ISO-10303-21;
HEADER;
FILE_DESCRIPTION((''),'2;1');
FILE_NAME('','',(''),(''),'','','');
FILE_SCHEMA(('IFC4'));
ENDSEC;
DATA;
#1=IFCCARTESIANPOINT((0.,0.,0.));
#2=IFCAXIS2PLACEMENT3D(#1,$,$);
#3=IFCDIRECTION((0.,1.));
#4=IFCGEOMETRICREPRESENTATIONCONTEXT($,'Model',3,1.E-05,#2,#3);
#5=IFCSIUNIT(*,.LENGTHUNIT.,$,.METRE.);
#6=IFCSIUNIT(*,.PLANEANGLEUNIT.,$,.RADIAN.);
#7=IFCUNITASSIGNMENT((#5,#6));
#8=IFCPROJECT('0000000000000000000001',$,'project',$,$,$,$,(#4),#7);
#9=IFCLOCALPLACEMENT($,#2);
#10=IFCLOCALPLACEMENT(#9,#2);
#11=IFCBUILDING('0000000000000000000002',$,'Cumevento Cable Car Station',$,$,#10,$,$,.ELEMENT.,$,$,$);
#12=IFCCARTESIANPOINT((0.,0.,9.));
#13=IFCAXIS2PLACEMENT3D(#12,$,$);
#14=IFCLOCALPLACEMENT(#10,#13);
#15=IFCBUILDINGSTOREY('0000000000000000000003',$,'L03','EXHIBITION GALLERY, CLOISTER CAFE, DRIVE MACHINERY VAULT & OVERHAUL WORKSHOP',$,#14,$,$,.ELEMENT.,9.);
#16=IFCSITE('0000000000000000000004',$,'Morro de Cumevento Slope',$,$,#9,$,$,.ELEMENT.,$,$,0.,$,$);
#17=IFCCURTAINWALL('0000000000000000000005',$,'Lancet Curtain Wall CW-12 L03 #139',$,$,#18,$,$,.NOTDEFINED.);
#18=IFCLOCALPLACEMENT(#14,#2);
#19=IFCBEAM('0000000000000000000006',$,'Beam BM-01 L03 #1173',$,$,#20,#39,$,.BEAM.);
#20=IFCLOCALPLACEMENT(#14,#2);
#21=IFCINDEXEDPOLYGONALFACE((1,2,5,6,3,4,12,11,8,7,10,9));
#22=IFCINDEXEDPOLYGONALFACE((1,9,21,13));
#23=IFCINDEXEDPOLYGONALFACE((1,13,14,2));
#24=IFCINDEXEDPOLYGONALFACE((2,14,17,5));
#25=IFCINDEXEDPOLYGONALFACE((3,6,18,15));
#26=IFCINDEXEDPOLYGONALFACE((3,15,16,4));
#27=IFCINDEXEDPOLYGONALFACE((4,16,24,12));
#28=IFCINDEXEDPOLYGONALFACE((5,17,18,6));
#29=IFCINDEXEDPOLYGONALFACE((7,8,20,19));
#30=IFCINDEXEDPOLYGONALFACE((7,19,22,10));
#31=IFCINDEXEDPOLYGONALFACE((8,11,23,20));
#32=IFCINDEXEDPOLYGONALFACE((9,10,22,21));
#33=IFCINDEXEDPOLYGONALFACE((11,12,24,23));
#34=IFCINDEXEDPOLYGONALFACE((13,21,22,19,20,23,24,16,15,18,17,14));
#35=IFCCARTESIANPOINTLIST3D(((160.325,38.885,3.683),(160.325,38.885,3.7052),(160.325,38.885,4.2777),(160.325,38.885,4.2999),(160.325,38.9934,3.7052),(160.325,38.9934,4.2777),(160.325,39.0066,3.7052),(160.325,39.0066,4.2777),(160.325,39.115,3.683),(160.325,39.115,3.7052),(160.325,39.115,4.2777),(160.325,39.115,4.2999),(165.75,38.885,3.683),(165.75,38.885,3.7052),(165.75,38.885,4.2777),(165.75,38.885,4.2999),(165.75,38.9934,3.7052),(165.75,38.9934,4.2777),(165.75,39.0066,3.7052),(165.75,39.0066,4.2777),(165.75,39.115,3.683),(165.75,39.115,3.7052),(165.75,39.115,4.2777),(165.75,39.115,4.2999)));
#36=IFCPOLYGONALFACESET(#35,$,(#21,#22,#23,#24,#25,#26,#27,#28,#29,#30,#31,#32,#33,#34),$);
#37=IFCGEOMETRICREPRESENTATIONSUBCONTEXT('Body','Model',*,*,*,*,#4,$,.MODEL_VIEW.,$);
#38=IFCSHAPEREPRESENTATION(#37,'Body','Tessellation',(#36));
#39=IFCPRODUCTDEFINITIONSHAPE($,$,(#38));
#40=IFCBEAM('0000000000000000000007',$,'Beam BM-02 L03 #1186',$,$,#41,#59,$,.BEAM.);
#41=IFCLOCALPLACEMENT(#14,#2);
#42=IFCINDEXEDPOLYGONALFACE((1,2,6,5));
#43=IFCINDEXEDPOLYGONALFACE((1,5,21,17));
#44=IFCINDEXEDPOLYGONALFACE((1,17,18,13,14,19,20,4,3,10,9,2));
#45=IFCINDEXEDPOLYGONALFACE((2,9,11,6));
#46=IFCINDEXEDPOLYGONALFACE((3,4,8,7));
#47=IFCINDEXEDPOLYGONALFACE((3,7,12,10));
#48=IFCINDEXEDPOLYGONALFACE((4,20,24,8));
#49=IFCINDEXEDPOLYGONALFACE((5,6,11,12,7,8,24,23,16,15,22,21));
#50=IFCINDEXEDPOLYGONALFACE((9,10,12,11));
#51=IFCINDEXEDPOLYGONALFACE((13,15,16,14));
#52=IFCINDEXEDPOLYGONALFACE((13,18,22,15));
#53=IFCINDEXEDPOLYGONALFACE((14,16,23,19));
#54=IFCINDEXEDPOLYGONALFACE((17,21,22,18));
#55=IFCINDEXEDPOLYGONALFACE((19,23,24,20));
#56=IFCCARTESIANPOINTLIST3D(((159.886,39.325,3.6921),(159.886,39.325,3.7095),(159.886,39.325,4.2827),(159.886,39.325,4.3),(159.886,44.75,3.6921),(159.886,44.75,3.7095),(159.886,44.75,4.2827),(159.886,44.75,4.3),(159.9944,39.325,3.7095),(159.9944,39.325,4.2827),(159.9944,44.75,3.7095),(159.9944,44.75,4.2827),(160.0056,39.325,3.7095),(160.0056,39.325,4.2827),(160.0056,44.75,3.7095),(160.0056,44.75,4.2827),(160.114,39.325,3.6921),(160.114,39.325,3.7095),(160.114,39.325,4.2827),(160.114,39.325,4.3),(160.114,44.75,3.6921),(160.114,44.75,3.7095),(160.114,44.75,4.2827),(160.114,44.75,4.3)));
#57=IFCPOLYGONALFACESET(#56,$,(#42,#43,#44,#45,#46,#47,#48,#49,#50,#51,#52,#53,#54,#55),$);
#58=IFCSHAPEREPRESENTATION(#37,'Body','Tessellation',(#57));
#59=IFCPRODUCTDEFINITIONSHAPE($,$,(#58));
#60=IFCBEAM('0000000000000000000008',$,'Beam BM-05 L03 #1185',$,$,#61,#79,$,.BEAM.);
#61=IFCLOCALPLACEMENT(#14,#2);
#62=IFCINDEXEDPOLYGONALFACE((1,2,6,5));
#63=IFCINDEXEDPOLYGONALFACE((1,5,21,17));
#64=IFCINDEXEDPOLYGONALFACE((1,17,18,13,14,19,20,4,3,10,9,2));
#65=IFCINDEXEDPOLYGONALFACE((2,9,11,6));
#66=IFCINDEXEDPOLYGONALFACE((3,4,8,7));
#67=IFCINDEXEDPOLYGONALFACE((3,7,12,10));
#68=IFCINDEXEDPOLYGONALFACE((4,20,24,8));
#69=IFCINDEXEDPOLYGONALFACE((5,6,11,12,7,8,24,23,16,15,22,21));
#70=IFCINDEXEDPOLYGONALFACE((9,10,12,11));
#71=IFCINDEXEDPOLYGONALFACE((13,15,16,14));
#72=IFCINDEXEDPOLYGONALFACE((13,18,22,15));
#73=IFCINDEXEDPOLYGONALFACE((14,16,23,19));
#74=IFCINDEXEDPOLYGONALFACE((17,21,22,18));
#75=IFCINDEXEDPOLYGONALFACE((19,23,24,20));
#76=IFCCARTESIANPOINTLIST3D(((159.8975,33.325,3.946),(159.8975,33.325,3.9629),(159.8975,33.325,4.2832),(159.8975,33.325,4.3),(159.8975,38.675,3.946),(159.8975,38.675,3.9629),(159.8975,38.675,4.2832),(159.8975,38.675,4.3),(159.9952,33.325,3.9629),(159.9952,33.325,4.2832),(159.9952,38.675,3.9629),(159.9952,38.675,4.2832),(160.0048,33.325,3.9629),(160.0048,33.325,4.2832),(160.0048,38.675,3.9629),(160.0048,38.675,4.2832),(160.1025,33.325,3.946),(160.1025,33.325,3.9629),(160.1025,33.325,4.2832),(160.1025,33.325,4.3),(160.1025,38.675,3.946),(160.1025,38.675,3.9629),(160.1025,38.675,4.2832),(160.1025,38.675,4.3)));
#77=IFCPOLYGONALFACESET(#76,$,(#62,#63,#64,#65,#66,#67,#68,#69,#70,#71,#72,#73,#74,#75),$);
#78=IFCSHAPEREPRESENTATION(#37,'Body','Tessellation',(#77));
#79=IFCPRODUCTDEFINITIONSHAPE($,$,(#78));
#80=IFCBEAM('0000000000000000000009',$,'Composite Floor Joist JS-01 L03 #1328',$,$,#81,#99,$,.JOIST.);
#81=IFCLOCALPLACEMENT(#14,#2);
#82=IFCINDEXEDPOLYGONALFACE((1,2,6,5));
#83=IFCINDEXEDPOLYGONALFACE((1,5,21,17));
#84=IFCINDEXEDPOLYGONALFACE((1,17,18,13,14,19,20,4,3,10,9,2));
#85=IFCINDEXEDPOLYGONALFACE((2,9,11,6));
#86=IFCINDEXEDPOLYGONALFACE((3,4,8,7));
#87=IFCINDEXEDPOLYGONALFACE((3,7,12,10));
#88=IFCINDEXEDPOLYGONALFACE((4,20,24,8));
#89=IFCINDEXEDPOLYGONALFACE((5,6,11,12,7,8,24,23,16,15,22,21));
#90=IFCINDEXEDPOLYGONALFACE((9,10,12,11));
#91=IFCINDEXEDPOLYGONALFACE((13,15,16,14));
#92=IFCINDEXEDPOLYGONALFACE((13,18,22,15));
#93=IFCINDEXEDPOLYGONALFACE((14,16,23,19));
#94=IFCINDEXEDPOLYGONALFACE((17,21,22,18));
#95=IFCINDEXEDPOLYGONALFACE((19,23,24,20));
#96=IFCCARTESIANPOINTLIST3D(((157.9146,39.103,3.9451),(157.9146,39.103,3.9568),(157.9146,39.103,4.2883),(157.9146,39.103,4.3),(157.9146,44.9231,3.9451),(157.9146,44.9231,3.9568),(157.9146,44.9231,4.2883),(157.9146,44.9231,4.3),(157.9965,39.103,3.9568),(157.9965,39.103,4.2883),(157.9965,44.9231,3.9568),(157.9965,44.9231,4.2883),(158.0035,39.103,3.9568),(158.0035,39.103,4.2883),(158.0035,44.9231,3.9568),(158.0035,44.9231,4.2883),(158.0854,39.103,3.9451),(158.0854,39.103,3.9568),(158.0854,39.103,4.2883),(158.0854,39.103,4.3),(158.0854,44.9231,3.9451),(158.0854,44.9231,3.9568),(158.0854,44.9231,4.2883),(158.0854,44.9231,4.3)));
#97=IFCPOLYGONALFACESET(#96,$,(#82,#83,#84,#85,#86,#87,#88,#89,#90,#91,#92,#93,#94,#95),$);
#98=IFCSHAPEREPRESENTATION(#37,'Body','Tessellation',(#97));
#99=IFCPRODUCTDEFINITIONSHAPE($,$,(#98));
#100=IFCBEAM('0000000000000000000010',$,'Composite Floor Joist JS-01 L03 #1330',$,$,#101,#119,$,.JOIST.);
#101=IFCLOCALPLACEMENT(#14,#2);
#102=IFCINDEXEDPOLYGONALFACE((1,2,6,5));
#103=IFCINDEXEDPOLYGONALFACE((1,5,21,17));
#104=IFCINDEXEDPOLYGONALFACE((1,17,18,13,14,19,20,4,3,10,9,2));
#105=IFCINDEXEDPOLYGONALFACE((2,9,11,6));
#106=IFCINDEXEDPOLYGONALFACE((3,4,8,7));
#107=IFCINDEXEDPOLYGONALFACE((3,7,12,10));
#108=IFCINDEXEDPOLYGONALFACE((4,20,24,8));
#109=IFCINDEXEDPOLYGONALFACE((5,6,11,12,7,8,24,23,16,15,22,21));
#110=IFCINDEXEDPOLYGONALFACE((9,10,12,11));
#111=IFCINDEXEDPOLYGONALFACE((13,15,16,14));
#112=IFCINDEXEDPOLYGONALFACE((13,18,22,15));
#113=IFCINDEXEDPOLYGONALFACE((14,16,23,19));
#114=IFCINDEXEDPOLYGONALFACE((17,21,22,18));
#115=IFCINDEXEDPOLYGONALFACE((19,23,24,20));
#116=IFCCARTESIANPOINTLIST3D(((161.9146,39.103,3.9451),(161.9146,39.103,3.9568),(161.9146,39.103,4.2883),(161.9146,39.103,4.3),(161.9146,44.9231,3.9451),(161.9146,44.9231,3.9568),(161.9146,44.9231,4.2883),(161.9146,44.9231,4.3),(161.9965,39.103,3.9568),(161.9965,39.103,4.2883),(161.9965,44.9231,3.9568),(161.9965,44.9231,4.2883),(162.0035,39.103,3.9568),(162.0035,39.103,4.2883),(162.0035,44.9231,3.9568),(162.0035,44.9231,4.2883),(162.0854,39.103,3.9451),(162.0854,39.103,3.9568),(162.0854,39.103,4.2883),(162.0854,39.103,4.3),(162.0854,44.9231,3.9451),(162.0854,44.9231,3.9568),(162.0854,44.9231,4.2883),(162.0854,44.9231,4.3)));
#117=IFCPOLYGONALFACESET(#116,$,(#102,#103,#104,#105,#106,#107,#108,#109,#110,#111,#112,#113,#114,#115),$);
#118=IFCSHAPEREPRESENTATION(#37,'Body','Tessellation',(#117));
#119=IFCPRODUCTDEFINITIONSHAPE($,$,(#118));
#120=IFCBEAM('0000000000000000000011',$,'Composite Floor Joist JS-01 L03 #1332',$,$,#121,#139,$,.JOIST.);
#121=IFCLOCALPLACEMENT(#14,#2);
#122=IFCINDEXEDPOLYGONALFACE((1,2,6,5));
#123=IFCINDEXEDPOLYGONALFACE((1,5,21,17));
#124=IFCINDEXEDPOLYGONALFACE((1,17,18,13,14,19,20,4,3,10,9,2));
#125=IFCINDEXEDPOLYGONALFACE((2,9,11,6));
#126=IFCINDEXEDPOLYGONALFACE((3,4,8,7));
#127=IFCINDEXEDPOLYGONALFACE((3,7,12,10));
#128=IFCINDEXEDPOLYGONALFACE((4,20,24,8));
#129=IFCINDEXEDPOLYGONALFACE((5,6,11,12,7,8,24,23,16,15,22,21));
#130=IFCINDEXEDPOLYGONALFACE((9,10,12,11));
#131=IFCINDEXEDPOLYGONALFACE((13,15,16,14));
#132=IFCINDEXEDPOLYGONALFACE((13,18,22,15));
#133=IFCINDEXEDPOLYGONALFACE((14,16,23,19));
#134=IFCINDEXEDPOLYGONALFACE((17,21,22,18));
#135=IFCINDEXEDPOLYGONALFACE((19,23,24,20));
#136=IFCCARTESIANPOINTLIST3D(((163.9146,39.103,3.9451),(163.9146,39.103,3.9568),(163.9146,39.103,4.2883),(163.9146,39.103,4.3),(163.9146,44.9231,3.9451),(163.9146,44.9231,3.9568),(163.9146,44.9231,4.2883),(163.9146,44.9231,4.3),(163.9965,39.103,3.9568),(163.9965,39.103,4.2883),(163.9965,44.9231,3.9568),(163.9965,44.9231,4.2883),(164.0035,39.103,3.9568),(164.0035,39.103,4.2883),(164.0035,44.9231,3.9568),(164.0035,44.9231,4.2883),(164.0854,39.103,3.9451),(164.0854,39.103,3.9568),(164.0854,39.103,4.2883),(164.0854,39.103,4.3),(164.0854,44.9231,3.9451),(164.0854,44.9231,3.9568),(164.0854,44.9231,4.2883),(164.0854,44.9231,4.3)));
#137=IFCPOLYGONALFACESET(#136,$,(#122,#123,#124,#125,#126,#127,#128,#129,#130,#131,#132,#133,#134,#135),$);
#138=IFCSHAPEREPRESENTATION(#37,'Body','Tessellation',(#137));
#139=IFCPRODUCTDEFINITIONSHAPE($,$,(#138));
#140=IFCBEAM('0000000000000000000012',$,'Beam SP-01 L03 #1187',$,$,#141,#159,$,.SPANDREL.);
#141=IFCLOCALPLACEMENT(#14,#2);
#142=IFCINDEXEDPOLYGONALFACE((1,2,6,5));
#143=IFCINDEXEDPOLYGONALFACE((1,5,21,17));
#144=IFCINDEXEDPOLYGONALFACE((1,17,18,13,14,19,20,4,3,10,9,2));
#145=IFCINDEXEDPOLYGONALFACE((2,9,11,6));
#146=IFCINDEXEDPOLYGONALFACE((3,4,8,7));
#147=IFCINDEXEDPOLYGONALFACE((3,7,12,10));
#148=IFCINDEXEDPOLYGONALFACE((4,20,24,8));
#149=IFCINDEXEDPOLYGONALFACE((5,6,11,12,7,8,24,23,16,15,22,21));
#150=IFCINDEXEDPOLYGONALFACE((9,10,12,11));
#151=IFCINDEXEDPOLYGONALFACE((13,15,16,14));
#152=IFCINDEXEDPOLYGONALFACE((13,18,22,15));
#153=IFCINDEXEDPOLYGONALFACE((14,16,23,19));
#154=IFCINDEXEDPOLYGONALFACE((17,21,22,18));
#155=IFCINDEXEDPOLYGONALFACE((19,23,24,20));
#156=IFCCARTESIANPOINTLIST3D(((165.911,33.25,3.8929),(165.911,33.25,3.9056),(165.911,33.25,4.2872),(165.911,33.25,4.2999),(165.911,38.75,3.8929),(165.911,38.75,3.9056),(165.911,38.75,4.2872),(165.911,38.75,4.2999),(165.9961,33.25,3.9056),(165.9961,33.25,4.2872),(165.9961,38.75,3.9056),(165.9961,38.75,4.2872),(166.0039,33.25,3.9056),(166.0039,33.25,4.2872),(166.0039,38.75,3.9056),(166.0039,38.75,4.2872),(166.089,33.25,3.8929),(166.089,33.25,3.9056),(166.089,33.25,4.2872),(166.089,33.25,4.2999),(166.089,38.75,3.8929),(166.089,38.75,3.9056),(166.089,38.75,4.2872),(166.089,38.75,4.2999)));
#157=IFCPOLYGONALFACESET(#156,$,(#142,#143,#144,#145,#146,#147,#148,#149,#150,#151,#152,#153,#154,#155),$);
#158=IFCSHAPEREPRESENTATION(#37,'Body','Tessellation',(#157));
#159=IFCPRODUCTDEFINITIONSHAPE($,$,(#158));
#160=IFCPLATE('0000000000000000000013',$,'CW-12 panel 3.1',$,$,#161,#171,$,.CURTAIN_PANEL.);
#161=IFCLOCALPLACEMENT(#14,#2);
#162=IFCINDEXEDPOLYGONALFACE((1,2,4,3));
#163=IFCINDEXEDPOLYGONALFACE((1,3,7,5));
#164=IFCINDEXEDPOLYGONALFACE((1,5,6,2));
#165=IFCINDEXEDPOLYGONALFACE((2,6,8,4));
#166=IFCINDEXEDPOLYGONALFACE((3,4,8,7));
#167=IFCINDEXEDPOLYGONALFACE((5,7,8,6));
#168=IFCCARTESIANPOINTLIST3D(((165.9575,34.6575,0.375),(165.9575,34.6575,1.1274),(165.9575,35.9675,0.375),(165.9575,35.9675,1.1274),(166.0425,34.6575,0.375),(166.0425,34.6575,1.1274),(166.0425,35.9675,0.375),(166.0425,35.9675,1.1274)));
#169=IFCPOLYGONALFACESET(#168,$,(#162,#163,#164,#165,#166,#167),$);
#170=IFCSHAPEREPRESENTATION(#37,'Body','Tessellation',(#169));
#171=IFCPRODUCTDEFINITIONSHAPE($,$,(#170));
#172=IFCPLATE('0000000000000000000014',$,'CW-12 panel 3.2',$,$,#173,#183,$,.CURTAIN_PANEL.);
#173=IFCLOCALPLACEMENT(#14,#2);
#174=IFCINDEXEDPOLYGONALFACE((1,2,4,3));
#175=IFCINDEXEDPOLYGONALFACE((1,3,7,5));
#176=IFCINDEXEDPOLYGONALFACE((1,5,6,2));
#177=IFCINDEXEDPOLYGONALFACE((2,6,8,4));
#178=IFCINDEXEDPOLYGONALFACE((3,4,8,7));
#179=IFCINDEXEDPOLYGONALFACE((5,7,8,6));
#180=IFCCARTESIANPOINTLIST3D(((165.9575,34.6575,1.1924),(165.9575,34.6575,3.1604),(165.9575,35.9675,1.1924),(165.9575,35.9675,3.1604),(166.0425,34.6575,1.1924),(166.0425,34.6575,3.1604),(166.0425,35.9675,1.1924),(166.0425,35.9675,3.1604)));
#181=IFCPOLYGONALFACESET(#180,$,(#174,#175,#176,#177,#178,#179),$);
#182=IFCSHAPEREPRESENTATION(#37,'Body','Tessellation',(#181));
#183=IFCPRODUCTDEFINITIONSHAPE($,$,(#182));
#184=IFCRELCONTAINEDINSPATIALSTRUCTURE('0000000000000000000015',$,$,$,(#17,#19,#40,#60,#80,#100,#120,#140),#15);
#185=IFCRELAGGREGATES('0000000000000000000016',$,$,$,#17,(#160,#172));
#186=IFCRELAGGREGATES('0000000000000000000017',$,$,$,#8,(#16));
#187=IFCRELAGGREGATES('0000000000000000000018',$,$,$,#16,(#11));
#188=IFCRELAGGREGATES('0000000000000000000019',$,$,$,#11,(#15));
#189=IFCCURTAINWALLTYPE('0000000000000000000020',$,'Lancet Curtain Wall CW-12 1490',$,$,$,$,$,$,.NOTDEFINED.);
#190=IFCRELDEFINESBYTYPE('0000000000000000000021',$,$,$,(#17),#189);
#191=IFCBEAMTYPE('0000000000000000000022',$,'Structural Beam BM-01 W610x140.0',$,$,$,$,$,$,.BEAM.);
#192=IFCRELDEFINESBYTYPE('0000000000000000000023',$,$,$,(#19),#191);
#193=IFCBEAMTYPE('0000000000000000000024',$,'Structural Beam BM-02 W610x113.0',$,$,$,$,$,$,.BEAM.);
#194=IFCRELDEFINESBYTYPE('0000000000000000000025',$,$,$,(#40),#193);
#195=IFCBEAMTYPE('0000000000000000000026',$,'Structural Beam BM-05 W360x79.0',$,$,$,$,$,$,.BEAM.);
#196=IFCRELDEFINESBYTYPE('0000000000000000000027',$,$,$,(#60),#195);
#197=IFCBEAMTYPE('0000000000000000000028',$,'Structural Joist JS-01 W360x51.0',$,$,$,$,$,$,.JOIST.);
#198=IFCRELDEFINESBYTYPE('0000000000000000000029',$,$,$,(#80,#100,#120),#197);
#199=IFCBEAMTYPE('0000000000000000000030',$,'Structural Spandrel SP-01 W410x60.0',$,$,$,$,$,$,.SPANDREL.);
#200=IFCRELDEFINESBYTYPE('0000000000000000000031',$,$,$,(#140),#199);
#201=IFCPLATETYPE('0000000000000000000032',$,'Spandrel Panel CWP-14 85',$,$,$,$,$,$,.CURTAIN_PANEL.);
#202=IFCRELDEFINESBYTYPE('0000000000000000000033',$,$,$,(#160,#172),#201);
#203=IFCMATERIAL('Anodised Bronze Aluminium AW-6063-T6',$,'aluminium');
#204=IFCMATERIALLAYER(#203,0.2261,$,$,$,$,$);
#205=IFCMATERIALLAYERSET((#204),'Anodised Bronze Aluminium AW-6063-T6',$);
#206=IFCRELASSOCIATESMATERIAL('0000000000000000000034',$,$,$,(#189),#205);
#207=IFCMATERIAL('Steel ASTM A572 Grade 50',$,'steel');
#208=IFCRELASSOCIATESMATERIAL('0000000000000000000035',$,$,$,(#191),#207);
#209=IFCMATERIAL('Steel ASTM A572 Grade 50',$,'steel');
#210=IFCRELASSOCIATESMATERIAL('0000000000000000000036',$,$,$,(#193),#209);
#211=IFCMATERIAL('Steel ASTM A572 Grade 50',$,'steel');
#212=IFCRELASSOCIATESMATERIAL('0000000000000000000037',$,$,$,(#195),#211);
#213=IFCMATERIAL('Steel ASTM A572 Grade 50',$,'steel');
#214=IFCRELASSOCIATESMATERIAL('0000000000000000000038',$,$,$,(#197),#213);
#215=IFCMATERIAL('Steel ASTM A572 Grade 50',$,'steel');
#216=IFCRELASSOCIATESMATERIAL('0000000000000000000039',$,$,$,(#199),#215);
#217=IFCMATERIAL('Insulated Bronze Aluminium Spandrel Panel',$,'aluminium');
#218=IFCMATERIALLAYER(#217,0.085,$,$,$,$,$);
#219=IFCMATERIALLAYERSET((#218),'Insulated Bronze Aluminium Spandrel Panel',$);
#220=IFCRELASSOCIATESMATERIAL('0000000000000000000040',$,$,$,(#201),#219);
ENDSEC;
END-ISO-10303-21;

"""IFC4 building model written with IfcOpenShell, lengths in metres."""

from ifc_helpers import new_model, si_unit, direction, frame, origin, origin_2d, place, context, subcontext, project, spatial, rectangle, i_section, extrude, material, layer, layer_set, material_profile, profile_set, type_object, element, aggregate, save


model = new_model("IFC4")

# Units and contexts
model_context = context("Model", 3, precision=1e-05, world=origin(), true_north=direction((0.0, 1.0)))
body_context = subcontext(model_context, "Body", "Model", "MODEL_VIEW")
ifc_project = project(units=[si_unit("LENGTHUNIT", "METRE"), si_unit("PLANEANGLEUNIT", "RADIAN")], contexts=[model_context])

# Site, building, storey
site_placement = place(None, origin())
site = spatial("IfcSite", under=ifc_project, at=site_placement, Name="Morro de Cumevento Slope", CompositionType="ELEMENT", RefElevation=0.0)
building_placement = place(site_placement, origin())
building = spatial("IfcBuilding", under=site, at=building_placement, Name="Cumevento Cable Car Station", CompositionType="ELEMENT")
storey_placement = place(building_placement, frame((0.0, 0.0, 9.0)))
storey = spatial("IfcBuildingStorey", under=building, at=storey_placement, Name="L03", Description="EXHIBITION GALLERY, CLOISTER CAFE, DRIVE MACHINERY VAULT & OVERHAUL WORKSHOP", CompositionType="ELEMENT", Elevation=9.0)

# Curtain wall
ifc_material_1 = material(Name="Anodised Bronze Aluminium AW-6063-T6", Category="aluminium")
ifc_layer_1 = layer(ifc_material_1, 0.2261)
ifc_layer_set_1 = layer_set([ifc_layer_1], Name="Anodised Bronze Aluminium AW-6063-T6")
curtain_wall_type = type_object("IfcCurtainWallType", Name="Lancet Curtain Wall CW-12 1490", PredefinedType="NOTDEFINED", material=ifc_layer_set_1)
curtain_wall_placement = place(storey_placement, origin())
curtain_wall = element("IfcCurtainWall", 1, at=curtain_wall_placement, inside=storey, type_object=curtain_wall_type, Name="Lancet Curtain Wall CW-12 L03 #139", PredefinedType="NOTDEFINED")

# Beams
ifc_material_2 = material(Name="Steel ASTM A572 Grade 50", Category="steel")
ifc_material_profile_1 = material_profile(ifc_material_2, i_section(OverallWidth=0.23, OverallDepth=0.6169, WebThickness=0.0132, FlangeThickness=0.0222, at=origin_2d()), Name="W610x140.0")
ifc_profile_set_1 = profile_set([ifc_material_profile_1], Name="Steel ASTM A572 Grade 50")
beam_type_1 = type_object("IfcBeamType", Name="Structural Beam BM-01 W610x140.0", PredefinedType="BEAM", material=ifc_profile_set_1)
beam_1_placement = place(storey_placement, frame((160.325, 39.0, 3.9915), z_axis=(1.0, 0.0, 0.0), x_axis=(0.0, 1.0, 0.0)))
element("IfcBeam", 2, at=beam_1_placement, inside=storey, type_object=beam_type_1, Name="Beam BM-01 L03 #1173", PredefinedType="BEAM", context=body_context, shape_type="SweptSolid", body=[
    extrude(i_section(OverallWidth=0.23, OverallDepth=0.6169, WebThickness=0.0132, FlangeThickness=0.0222, at=origin_2d()), origin(), (0.0, 0.0, 1.0), 5.425),
])
ifc_material_3 = material(Name="Steel ASTM A572 Grade 50", Category="steel")
ifc_material_profile_2 = material_profile(ifc_material_3, i_section(OverallWidth=0.228, OverallDepth=0.6079, WebThickness=0.0112, FlangeThickness=0.0173, at=origin_2d()), Name="W610x113.0")
ifc_profile_set_2 = profile_set([ifc_material_profile_2], Name="Steel ASTM A572 Grade 50")
beam_type_2 = type_object("IfcBeamType", Name="Structural Beam BM-02 W610x113.0", PredefinedType="BEAM", material=ifc_profile_set_2)
beam_2_placement = place(storey_placement, frame((160.0, 39.325, 3.9961), z_axis=(0.0, 1.0, 0.0), x_axis=(-1.0, 0.0, 0.0)))
element("IfcBeam", 3, at=beam_2_placement, inside=storey, type_object=beam_type_2, Name="Beam BM-02 L03 #1186", PredefinedType="BEAM", context=body_context, shape_type="SweptSolid", body=[
    extrude(i_section(OverallWidth=0.228, OverallDepth=0.6079, WebThickness=0.0112, FlangeThickness=0.0173, at=origin_2d()), origin(), (0.0, 0.0, 1.0), 5.425),
])
ifc_material_4 = material(Name="Steel ASTM A572 Grade 50", Category="steel")
ifc_material_profile_3 = material_profile(ifc_material_4, i_section(OverallWidth=0.2051, OverallDepth=0.354, WebThickness=0.0095, FlangeThickness=0.0168, at=origin_2d()), Name="W360x79.0")
ifc_profile_set_3 = profile_set([ifc_material_profile_3], Name="Steel ASTM A572 Grade 50")
beam_type_3 = type_object("IfcBeamType", Name="Structural Beam BM-05 W360x79.0", PredefinedType="BEAM", material=ifc_profile_set_3)
beam_3_placement = place(storey_placement, frame((160.0, 33.325, 4.123), z_axis=(0.0, 1.0, 0.0), x_axis=(-1.0, 0.0, 0.0)))
element("IfcBeam", 4, at=beam_3_placement, inside=storey, type_object=beam_type_3, Name="Beam BM-05 L03 #1185", PredefinedType="BEAM", context=body_context, shape_type="SweptSolid", body=[
    extrude(i_section(OverallWidth=0.2051, OverallDepth=0.354, WebThickness=0.0095, FlangeThickness=0.0168, at=origin_2d()), origin(), (0.0, 0.0, 1.0), 5.3501),
])
ifc_material_5 = material(Name="Steel ASTM A572 Grade 50", Category="steel")
ifc_material_profile_4 = material_profile(ifc_material_5, i_section(OverallWidth=0.1709, OverallDepth=0.355, WebThickness=0.0071, FlangeThickness=0.0117, at=origin_2d()), Name="W360x51.0")
ifc_profile_set_4 = profile_set([ifc_material_profile_4], Name="Steel ASTM A572 Grade 50")
beam_type_4 = type_object("IfcBeamType", Name="Structural Joist JS-01 W360x51.0", PredefinedType="JOIST", material=ifc_profile_set_4)
for number, where, z_axis, x_axis, name in (
    (5, (158.0, 39.103, 4.1226), (0.0, 1.0, 0.0), (-1.0, 0.0, 0.0), "Composite Floor Joist JS-01 L03 #1328"),
    (6, (162.0, 39.103, 4.1226), (0.0, 1.0, 0.0), (-1.0, 0.0, 0.0), "Composite Floor Joist JS-01 L03 #1330"),
    (7, (164.0, 39.103, 4.1226), (0.0, 1.0, 0.0), (-1.0, 0.0, 0.0), "Composite Floor Joist JS-01 L03 #1332"),
):
    element("IfcBeam", number, at=place(storey_placement, frame(where, z_axis=z_axis, x_axis=x_axis)), inside=storey, type_object=beam_type_4, Name=name, PredefinedType="JOIST", context=body_context, shape_type="SweptSolid", body=[
        extrude(i_section(OverallWidth=0.1709, OverallDepth=0.355, WebThickness=0.0071, FlangeThickness=0.0117, at=origin_2d()), origin(), (0.0, 0.0, 1.0), 5.8201),
    ])
ifc_material_6 = material(Name="Steel ASTM A572 Grade 50", Category="steel")
ifc_material_profile_5 = material_profile(ifc_material_6, i_section(OverallWidth=0.178, OverallDepth=0.407, WebThickness=0.0078, FlangeThickness=0.0127, at=origin_2d()), Name="W410x60.0")
ifc_profile_set_5 = profile_set([ifc_material_profile_5], Name="Steel ASTM A572 Grade 50")
beam_type_5 = type_object("IfcBeamType", Name="Structural Spandrel SP-01 W410x60.0", PredefinedType="SPANDREL", material=ifc_profile_set_5)
beam_4_placement = place(storey_placement, frame((166.0, 33.25, 4.0964), z_axis=(0.0, 1.0, 0.0), x_axis=(-1.0, 0.0, 0.0)))
element("IfcBeam", 8, at=beam_4_placement, inside=storey, type_object=beam_type_5, Name="Beam SP-01 L03 #1187", PredefinedType="SPANDREL", context=body_context, shape_type="SweptSolid", body=[
    extrude(i_section(OverallWidth=0.178, OverallDepth=0.407, WebThickness=0.0078, FlangeThickness=0.0127, at=origin_2d()), origin(), (0.0, 0.0, 1.0), 5.5),
])

# Plates
ifc_material_7 = material(Name="Insulated Bronze Aluminium Spandrel Panel", Category="aluminium")
ifc_layer_2 = layer(ifc_material_7, 0.085)
ifc_layer_set_2 = layer_set([ifc_layer_2], Name="Insulated Bronze Aluminium Spandrel Panel")
plate_type = type_object("IfcPlateType", Name="Spandrel Panel CWP-14 85", PredefinedType="CURTAIN_PANEL", material=ifc_layer_set_2)
plate_1_placement = place(storey_placement, frame((166.0, 35.3125, 0.375), z_axis=(0.0, 0.0, 1.0), x_axis=(0.0, -1.0, 0.0)))
plate_1 = element("IfcPlate", 9, at=plate_1_placement, type_object=plate_type, Name="CW-12 panel 3.1", PredefinedType="CURTAIN_PANEL", context=body_context, shape_type="SweptSolid", body=[
    extrude(rectangle(XDim=1.3101, YDim=0.085, at=origin_2d()), origin(), (0.0, 0.0, 1.0), 0.7524),
])
plate_2_placement = place(storey_placement, frame((166.0, 35.3125, 1.1924), z_axis=(0.0, 0.0, 1.0), x_axis=(0.0, -1.0, 0.0)))
plate_2 = element("IfcPlate", 10, at=plate_2_placement, type_object=plate_type, Name="CW-12 panel 3.2", PredefinedType="CURTAIN_PANEL", context=body_context, shape_type="SweptSolid", body=[
    extrude(rectangle(XDim=1.3101, YDim=0.085, at=origin_2d()), origin(), (0.0, 0.0, 1.0), 1.968),
])
aggregate(curtain_wall, [plate_1, plate_2])

save(model, "model.ifc")
